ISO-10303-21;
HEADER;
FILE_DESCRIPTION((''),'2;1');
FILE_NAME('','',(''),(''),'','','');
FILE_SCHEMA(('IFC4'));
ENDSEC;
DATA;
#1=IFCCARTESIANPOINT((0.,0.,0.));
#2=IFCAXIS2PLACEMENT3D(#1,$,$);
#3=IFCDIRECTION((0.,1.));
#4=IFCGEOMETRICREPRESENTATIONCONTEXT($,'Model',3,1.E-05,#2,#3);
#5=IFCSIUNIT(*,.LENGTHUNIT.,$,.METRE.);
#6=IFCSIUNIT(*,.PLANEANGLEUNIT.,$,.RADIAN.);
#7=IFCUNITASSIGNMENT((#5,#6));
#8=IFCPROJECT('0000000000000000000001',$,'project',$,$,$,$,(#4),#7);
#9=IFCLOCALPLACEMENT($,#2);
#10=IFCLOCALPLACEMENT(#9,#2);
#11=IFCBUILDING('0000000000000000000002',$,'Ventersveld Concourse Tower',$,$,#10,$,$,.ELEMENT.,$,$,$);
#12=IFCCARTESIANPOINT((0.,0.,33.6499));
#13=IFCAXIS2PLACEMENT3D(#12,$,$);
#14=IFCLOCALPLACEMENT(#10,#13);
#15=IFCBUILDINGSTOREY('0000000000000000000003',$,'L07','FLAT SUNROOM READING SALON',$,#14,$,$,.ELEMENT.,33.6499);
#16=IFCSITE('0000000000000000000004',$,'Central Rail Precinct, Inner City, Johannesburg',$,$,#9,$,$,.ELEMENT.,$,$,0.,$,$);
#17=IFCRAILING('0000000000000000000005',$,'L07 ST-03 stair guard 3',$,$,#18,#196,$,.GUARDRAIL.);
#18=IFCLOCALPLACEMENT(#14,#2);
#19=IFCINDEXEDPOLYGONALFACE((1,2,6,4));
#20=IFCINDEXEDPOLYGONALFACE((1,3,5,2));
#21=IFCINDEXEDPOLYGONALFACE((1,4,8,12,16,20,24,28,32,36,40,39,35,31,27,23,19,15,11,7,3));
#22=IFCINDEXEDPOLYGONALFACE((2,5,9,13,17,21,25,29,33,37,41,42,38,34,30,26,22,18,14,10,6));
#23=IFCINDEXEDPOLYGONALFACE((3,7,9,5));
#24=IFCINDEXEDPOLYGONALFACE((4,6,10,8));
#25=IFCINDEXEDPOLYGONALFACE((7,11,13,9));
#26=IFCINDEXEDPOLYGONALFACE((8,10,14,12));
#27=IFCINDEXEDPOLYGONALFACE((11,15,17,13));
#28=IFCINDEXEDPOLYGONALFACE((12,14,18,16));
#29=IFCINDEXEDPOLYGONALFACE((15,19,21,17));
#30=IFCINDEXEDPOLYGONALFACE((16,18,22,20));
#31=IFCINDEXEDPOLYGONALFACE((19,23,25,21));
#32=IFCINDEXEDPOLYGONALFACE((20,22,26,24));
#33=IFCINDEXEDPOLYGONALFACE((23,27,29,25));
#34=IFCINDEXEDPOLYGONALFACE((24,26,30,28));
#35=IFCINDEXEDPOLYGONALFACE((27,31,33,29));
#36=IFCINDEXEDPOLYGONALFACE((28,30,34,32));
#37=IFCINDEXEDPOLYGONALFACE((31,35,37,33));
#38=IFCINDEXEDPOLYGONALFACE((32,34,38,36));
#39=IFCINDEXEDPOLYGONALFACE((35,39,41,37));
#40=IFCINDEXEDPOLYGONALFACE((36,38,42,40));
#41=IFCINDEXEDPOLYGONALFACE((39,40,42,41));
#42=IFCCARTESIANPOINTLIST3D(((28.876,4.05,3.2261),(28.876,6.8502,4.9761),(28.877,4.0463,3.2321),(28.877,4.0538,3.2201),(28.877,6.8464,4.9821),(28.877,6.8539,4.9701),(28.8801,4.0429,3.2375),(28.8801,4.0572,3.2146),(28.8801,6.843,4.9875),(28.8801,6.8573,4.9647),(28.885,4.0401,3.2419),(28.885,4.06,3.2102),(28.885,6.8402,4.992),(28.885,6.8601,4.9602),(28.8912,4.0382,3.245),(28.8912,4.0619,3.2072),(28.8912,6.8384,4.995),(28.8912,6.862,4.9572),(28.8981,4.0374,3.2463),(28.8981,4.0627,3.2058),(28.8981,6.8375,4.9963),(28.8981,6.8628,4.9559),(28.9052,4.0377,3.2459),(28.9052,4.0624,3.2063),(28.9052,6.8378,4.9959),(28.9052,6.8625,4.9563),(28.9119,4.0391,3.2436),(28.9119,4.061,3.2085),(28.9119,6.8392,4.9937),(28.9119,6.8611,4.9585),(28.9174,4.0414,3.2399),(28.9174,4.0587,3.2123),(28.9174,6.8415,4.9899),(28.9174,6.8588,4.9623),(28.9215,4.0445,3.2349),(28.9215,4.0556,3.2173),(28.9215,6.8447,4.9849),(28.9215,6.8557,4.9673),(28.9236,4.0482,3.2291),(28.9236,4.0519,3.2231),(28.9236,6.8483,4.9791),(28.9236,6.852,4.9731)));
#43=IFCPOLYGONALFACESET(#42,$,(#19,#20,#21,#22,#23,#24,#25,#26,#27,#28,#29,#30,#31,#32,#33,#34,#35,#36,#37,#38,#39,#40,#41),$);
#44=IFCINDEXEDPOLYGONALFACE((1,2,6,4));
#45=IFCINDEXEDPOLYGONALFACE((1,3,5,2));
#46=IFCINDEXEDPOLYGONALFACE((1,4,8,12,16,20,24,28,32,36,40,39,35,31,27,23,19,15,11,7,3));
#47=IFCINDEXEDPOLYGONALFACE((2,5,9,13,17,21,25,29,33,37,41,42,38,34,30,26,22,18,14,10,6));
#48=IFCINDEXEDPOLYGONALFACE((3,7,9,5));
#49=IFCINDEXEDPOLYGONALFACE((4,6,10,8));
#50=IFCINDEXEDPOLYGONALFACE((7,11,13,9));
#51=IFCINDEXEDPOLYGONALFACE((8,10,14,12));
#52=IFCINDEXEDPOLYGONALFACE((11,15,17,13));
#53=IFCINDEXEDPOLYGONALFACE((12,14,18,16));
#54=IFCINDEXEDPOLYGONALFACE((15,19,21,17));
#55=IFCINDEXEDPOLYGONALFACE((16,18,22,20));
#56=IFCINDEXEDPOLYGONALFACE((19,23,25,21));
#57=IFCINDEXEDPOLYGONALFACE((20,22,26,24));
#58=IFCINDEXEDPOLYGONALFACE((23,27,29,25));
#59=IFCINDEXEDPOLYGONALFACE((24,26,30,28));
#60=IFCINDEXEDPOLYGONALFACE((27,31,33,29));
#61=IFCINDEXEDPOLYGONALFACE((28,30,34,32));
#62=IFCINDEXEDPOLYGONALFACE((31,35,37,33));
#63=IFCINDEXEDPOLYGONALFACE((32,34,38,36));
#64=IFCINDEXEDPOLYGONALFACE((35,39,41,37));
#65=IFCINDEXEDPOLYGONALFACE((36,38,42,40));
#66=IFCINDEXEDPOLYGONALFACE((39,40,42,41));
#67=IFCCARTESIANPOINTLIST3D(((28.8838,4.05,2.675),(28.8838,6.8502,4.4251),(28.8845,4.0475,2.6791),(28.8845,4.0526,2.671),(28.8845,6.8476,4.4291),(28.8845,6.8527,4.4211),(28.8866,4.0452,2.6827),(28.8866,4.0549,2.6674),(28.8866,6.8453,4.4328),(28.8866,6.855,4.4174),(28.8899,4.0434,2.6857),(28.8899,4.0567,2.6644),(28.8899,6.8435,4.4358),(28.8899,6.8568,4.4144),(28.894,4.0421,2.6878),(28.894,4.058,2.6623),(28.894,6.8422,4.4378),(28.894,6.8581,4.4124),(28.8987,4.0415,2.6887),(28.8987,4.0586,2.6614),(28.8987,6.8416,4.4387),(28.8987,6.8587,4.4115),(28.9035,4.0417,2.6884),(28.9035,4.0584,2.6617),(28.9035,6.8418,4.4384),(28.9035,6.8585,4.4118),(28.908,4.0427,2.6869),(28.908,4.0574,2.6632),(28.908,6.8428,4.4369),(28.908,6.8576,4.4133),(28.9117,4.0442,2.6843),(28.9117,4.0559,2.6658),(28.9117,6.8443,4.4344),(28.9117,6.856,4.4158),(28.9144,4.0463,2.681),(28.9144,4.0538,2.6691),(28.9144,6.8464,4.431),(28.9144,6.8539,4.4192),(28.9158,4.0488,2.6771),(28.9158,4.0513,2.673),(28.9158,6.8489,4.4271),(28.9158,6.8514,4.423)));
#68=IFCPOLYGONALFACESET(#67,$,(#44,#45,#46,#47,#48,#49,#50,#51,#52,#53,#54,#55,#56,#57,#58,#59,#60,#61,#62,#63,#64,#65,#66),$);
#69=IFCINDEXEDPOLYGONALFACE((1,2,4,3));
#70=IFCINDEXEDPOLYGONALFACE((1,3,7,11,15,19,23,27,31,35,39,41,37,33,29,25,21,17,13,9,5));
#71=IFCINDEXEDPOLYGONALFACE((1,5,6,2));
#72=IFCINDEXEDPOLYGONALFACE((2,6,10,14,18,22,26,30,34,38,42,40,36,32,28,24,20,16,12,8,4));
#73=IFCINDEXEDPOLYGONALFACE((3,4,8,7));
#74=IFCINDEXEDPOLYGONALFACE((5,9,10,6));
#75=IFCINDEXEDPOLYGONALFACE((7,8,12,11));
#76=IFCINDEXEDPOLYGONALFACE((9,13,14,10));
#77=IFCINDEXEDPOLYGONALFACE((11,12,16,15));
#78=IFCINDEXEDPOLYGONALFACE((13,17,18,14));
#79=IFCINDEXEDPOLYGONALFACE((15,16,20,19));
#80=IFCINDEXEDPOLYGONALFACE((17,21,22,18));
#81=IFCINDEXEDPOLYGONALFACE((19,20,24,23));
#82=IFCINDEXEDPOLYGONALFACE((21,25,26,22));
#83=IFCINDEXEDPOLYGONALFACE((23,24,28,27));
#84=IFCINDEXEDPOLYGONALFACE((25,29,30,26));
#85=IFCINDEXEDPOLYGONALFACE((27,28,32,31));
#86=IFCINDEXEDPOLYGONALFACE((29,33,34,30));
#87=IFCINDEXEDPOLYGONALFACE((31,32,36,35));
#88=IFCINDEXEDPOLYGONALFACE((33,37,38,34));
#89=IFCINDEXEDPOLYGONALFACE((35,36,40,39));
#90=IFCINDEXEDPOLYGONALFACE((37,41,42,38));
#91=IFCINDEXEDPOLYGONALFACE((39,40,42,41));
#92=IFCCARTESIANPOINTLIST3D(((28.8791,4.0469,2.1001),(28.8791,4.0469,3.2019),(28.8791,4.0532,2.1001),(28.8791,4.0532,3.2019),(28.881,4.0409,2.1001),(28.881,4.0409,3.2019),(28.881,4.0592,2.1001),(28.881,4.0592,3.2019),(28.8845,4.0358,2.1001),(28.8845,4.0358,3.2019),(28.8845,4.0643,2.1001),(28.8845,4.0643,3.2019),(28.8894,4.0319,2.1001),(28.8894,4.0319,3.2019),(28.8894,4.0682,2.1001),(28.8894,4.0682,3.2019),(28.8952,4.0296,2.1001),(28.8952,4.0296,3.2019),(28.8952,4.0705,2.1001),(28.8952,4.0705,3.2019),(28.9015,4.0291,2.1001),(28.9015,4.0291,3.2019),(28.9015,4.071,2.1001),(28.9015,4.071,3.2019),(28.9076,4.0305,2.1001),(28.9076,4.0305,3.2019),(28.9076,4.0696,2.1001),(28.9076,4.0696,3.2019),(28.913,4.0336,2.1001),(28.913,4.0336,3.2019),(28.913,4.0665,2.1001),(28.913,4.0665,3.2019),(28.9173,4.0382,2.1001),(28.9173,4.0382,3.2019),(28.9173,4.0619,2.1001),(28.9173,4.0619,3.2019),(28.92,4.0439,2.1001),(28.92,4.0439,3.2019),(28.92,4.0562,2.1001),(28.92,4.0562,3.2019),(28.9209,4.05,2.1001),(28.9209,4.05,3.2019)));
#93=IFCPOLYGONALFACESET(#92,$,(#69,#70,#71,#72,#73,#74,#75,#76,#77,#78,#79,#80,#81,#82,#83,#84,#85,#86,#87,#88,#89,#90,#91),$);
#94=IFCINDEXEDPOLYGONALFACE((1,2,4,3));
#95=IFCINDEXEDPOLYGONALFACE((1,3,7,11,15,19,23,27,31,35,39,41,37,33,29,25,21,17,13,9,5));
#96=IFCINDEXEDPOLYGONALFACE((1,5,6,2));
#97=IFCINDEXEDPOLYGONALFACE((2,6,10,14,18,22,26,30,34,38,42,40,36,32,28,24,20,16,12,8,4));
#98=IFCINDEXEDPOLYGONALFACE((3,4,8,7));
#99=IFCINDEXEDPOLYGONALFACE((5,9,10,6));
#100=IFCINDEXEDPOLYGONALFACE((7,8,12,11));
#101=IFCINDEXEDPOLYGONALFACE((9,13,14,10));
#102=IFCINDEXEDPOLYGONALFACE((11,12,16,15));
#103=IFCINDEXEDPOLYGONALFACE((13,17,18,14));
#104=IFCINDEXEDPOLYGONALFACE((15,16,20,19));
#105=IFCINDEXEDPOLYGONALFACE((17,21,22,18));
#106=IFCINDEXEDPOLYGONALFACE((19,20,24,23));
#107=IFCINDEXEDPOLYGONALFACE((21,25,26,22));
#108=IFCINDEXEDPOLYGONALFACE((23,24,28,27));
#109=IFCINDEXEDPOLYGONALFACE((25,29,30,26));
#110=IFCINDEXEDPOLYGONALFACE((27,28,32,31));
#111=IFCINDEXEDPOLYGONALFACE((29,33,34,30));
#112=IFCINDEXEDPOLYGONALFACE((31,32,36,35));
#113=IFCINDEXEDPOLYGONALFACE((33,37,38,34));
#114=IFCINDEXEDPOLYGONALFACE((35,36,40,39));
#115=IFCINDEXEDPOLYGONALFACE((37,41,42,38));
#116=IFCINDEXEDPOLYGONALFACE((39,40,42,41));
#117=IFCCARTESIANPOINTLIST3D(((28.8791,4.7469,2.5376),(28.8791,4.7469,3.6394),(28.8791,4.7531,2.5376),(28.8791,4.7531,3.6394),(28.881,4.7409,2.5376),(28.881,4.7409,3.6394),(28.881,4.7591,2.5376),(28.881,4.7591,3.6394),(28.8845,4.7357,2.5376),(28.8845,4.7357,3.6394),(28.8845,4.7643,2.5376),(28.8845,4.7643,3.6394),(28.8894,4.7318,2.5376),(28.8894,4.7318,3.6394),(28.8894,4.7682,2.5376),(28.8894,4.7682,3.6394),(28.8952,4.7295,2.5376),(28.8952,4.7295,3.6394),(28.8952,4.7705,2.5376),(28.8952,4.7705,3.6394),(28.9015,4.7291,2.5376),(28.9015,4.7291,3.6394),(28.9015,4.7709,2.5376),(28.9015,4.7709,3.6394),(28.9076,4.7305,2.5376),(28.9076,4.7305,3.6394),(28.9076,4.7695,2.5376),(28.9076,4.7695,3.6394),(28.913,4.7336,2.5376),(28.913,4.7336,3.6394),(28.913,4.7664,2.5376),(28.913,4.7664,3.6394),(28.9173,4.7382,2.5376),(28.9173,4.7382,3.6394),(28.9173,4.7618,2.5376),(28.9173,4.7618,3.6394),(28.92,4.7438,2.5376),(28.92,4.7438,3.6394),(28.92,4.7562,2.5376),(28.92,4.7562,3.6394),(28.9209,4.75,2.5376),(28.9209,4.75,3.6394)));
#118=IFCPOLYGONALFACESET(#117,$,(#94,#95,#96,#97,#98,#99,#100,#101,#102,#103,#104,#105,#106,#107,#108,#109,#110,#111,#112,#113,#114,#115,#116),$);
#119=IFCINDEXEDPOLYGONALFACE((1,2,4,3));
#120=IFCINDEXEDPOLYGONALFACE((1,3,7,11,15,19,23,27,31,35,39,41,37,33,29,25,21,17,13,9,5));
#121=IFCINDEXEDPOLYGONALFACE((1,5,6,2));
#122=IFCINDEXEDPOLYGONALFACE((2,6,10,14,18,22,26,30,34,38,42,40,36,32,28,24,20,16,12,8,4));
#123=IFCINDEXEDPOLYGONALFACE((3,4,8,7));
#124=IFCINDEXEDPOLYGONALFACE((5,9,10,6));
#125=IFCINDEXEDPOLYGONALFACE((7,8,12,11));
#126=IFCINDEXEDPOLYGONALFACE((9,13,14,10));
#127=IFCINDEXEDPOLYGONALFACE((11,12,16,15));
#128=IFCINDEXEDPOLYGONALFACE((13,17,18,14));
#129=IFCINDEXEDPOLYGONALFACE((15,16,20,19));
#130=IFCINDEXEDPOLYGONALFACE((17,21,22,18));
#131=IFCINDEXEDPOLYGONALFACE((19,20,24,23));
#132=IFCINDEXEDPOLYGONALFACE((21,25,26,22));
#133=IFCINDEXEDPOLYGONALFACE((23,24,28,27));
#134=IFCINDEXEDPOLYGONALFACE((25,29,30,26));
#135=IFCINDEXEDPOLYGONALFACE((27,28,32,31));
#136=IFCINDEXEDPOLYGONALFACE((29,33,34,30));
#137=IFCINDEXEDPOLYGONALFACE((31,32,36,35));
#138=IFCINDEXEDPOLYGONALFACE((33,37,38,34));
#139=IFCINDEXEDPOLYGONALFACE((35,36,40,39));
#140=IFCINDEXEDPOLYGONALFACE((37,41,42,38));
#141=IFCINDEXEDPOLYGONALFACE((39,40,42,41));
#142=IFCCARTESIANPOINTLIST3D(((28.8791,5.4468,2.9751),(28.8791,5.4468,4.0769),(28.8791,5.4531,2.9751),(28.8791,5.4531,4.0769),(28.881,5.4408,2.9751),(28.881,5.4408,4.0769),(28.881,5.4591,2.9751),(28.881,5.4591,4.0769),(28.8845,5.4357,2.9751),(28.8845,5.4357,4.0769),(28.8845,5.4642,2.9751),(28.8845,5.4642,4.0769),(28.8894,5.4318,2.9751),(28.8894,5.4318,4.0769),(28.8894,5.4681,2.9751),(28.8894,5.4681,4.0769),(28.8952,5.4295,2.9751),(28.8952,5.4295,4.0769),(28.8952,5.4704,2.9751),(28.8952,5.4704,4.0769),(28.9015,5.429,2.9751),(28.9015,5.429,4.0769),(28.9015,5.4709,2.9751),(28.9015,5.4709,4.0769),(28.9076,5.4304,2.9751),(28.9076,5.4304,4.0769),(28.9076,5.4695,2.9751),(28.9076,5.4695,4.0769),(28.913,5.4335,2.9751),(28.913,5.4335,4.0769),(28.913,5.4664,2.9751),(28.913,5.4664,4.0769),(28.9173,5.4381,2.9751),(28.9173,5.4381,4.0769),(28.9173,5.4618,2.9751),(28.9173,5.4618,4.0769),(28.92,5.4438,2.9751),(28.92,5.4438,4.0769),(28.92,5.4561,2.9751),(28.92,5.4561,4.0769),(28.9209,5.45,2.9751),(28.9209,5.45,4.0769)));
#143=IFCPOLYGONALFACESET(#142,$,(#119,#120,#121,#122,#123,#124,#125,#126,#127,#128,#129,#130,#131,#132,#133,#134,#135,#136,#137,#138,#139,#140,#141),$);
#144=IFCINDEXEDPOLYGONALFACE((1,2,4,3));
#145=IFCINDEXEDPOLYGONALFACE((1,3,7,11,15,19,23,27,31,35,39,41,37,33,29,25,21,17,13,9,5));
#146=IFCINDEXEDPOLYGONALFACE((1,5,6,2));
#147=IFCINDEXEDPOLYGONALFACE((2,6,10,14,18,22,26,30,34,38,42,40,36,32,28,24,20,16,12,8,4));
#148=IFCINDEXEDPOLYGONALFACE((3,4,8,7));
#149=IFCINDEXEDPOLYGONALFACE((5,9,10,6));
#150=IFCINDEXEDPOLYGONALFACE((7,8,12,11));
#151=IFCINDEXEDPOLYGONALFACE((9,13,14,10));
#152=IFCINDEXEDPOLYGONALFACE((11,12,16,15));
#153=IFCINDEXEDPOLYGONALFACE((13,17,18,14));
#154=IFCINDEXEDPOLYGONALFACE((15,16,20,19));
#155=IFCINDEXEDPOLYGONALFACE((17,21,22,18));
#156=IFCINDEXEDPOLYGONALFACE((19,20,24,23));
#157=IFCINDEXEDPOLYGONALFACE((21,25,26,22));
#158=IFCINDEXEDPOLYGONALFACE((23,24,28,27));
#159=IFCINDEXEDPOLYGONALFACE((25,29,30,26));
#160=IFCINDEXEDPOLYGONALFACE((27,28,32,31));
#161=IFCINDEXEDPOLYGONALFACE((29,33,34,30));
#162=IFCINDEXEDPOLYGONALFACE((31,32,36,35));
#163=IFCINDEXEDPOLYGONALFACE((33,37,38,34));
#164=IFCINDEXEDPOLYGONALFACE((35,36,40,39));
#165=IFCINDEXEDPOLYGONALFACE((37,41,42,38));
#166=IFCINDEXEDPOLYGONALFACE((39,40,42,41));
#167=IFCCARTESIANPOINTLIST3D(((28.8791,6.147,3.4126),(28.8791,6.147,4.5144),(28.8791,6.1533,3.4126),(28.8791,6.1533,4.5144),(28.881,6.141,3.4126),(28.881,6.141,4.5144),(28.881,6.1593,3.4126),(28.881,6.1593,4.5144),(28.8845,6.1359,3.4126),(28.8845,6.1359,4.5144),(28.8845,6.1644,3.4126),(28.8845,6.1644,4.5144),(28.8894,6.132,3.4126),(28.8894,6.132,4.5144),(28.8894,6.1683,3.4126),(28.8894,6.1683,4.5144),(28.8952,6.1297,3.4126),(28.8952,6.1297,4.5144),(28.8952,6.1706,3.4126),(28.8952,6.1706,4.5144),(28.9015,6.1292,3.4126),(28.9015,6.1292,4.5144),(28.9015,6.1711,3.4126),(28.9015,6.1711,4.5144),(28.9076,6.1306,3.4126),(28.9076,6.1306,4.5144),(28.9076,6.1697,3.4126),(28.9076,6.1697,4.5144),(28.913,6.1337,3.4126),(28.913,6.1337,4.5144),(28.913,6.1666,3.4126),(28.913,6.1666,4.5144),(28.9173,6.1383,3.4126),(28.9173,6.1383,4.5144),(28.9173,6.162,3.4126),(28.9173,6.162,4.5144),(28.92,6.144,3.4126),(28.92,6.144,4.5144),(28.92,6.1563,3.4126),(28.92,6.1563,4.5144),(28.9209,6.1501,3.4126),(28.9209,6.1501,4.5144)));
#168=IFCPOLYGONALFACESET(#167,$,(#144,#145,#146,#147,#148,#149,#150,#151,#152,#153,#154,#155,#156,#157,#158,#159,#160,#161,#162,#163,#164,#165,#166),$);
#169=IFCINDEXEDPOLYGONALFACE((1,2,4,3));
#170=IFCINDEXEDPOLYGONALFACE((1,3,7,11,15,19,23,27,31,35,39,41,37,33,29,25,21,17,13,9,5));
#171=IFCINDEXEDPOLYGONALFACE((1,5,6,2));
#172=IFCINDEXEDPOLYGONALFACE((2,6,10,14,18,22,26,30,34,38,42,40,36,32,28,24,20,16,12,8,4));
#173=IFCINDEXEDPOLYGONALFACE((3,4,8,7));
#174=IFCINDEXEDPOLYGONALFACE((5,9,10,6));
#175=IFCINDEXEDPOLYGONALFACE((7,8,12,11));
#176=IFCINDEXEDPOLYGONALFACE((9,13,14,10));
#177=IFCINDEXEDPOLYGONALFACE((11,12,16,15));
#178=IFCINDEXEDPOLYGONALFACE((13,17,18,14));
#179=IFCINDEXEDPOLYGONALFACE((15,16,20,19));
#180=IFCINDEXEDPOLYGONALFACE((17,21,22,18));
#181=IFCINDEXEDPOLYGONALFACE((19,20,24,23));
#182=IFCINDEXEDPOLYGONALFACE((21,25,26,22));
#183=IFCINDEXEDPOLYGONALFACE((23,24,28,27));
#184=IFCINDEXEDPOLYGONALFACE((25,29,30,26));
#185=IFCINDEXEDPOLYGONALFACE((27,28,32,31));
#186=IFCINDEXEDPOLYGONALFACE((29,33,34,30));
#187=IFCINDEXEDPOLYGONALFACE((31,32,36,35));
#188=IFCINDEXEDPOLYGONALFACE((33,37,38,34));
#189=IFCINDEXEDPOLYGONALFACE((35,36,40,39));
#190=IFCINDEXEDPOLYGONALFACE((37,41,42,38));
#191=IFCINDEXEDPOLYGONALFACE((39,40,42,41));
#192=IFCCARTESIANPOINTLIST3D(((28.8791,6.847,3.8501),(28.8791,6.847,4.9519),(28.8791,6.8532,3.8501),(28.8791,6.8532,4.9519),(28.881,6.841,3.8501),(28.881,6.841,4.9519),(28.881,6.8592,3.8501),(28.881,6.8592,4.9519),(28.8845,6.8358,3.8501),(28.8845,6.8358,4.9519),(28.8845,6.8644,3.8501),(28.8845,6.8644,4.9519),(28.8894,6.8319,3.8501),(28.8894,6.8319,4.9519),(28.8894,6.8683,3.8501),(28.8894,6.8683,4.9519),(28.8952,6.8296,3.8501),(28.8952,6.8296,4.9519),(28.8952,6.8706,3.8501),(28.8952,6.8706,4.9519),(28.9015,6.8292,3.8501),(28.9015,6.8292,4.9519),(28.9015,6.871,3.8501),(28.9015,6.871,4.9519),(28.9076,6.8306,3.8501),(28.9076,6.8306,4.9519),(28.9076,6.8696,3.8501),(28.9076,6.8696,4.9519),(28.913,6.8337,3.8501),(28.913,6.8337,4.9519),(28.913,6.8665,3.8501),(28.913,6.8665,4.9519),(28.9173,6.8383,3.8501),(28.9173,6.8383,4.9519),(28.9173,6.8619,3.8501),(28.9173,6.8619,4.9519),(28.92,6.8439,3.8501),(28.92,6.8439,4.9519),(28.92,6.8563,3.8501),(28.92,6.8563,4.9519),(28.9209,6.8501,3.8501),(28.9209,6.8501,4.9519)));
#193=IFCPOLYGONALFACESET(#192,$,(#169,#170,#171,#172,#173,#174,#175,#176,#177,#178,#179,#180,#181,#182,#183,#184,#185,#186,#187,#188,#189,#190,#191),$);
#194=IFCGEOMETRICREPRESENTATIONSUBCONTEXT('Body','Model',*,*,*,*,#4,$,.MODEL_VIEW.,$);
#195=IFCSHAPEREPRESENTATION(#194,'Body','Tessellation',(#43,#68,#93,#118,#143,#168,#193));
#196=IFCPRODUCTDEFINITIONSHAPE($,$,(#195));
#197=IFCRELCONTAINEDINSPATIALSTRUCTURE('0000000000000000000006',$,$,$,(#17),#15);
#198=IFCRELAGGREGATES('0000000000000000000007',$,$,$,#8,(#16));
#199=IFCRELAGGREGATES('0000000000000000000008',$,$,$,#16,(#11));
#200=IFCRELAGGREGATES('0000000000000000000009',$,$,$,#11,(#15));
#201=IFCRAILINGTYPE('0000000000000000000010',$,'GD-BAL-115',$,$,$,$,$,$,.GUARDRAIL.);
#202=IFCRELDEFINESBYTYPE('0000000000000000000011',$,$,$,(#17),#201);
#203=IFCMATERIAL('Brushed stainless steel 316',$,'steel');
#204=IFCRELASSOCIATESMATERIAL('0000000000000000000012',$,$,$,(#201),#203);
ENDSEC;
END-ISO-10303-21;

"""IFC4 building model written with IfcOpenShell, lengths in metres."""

from ifc_helpers import new_model, si_unit, direction, frame, origin, origin_2d, place, context, subcontext, project, spatial, circle, extrude, material, type_object, element, save


model = new_model("IFC4")

# Units and contexts
model_context = context("Model", 3, precision=1e-05, world=origin(), true_north=direction((0.0, 1.0)))
body_context = subcontext(model_context, "Body", "Model", "MODEL_VIEW")
ifc_project = project(units=[si_unit("LENGTHUNIT", "METRE"), si_unit("PLANEANGLEUNIT", "RADIAN")], contexts=[model_context])

# Site, building, storey
site_placement = place(None, origin())
site = spatial("IfcSite", under=ifc_project, at=site_placement, Name="Central Rail Precinct, Inner City, Johannesburg", CompositionType="ELEMENT", RefElevation=0.0)
building_placement = place(site_placement, origin())
building = spatial("IfcBuilding", under=site, at=building_placement, Name="Ventersveld Concourse Tower", CompositionType="ELEMENT")
storey_placement = place(building_placement, frame((0.0, 0.0, 33.6499)))
storey = spatial("IfcBuildingStorey", under=building, at=storey_placement, Name="L07", Description="FLAT SUNROOM READING SALON", CompositionType="ELEMENT", Elevation=33.6499)

# Railing
ifc_material_1 = material(Name="Brushed stainless steel 316", Category="steel")
railing_type_1 = type_object("IfcRailingType", Name="GD-BAL-115", PredefinedType="GUARDRAIL", material=ifc_material_1)
railing_1_placement = place(storey_placement, frame((28.8999, 4.05, 2.1001)))
element("IfcRailing", 1, at=railing_1_placement, inside=storey, type_object=railing_type_1, Name="L07 ST-03 stair guard 3", PredefinedType="GUARDRAIL", context=body_context, shape_type="SweptSolid", body=[
    extrude(circle(Radius=0.0239, at=origin_2d()), frame((0.0, 0.0, 1.126), z_axis=(0.0, 0.848002, 0.529992), x_axis=(-1.0, 0.0, 0.0)), (0.0, 0.0, 1.0), 3.302),
    extrude(circle(Radius=0.0161, at=origin_2d()), frame((0.0, 0.0, 0.575), z_axis=(0.0, 0.848002, 0.529992), x_axis=(-1.0, 0.0, 0.0)), (0.0, 0.0, 1.0), 3.302),
    extrude(circle(Radius=0.021, at=origin_2d()), origin(), (0.0, 0.0, 1.0), 1.1018),
    extrude(circle(Radius=0.021, at=origin_2d()), frame((0.0, 0.7, 0.4375)), (0.0, 0.0, 1.0), 1.1018),
    extrude(circle(Radius=0.021, at=origin_2d()), frame((0.0, 1.3999, 0.875)), (0.0, 0.0, 1.0), 1.1018),
    extrude(circle(Radius=0.021, at=origin_2d()), frame((0.0, 2.1001, 1.3125)), (0.0, 0.0, 1.0), 1.1018),
    extrude(circle(Radius=0.021, at=origin_2d()), frame((0.0, 2.8, 1.75)), (0.0, 0.0, 1.0), 1.1018),
])

save(model, "model.ifc")
